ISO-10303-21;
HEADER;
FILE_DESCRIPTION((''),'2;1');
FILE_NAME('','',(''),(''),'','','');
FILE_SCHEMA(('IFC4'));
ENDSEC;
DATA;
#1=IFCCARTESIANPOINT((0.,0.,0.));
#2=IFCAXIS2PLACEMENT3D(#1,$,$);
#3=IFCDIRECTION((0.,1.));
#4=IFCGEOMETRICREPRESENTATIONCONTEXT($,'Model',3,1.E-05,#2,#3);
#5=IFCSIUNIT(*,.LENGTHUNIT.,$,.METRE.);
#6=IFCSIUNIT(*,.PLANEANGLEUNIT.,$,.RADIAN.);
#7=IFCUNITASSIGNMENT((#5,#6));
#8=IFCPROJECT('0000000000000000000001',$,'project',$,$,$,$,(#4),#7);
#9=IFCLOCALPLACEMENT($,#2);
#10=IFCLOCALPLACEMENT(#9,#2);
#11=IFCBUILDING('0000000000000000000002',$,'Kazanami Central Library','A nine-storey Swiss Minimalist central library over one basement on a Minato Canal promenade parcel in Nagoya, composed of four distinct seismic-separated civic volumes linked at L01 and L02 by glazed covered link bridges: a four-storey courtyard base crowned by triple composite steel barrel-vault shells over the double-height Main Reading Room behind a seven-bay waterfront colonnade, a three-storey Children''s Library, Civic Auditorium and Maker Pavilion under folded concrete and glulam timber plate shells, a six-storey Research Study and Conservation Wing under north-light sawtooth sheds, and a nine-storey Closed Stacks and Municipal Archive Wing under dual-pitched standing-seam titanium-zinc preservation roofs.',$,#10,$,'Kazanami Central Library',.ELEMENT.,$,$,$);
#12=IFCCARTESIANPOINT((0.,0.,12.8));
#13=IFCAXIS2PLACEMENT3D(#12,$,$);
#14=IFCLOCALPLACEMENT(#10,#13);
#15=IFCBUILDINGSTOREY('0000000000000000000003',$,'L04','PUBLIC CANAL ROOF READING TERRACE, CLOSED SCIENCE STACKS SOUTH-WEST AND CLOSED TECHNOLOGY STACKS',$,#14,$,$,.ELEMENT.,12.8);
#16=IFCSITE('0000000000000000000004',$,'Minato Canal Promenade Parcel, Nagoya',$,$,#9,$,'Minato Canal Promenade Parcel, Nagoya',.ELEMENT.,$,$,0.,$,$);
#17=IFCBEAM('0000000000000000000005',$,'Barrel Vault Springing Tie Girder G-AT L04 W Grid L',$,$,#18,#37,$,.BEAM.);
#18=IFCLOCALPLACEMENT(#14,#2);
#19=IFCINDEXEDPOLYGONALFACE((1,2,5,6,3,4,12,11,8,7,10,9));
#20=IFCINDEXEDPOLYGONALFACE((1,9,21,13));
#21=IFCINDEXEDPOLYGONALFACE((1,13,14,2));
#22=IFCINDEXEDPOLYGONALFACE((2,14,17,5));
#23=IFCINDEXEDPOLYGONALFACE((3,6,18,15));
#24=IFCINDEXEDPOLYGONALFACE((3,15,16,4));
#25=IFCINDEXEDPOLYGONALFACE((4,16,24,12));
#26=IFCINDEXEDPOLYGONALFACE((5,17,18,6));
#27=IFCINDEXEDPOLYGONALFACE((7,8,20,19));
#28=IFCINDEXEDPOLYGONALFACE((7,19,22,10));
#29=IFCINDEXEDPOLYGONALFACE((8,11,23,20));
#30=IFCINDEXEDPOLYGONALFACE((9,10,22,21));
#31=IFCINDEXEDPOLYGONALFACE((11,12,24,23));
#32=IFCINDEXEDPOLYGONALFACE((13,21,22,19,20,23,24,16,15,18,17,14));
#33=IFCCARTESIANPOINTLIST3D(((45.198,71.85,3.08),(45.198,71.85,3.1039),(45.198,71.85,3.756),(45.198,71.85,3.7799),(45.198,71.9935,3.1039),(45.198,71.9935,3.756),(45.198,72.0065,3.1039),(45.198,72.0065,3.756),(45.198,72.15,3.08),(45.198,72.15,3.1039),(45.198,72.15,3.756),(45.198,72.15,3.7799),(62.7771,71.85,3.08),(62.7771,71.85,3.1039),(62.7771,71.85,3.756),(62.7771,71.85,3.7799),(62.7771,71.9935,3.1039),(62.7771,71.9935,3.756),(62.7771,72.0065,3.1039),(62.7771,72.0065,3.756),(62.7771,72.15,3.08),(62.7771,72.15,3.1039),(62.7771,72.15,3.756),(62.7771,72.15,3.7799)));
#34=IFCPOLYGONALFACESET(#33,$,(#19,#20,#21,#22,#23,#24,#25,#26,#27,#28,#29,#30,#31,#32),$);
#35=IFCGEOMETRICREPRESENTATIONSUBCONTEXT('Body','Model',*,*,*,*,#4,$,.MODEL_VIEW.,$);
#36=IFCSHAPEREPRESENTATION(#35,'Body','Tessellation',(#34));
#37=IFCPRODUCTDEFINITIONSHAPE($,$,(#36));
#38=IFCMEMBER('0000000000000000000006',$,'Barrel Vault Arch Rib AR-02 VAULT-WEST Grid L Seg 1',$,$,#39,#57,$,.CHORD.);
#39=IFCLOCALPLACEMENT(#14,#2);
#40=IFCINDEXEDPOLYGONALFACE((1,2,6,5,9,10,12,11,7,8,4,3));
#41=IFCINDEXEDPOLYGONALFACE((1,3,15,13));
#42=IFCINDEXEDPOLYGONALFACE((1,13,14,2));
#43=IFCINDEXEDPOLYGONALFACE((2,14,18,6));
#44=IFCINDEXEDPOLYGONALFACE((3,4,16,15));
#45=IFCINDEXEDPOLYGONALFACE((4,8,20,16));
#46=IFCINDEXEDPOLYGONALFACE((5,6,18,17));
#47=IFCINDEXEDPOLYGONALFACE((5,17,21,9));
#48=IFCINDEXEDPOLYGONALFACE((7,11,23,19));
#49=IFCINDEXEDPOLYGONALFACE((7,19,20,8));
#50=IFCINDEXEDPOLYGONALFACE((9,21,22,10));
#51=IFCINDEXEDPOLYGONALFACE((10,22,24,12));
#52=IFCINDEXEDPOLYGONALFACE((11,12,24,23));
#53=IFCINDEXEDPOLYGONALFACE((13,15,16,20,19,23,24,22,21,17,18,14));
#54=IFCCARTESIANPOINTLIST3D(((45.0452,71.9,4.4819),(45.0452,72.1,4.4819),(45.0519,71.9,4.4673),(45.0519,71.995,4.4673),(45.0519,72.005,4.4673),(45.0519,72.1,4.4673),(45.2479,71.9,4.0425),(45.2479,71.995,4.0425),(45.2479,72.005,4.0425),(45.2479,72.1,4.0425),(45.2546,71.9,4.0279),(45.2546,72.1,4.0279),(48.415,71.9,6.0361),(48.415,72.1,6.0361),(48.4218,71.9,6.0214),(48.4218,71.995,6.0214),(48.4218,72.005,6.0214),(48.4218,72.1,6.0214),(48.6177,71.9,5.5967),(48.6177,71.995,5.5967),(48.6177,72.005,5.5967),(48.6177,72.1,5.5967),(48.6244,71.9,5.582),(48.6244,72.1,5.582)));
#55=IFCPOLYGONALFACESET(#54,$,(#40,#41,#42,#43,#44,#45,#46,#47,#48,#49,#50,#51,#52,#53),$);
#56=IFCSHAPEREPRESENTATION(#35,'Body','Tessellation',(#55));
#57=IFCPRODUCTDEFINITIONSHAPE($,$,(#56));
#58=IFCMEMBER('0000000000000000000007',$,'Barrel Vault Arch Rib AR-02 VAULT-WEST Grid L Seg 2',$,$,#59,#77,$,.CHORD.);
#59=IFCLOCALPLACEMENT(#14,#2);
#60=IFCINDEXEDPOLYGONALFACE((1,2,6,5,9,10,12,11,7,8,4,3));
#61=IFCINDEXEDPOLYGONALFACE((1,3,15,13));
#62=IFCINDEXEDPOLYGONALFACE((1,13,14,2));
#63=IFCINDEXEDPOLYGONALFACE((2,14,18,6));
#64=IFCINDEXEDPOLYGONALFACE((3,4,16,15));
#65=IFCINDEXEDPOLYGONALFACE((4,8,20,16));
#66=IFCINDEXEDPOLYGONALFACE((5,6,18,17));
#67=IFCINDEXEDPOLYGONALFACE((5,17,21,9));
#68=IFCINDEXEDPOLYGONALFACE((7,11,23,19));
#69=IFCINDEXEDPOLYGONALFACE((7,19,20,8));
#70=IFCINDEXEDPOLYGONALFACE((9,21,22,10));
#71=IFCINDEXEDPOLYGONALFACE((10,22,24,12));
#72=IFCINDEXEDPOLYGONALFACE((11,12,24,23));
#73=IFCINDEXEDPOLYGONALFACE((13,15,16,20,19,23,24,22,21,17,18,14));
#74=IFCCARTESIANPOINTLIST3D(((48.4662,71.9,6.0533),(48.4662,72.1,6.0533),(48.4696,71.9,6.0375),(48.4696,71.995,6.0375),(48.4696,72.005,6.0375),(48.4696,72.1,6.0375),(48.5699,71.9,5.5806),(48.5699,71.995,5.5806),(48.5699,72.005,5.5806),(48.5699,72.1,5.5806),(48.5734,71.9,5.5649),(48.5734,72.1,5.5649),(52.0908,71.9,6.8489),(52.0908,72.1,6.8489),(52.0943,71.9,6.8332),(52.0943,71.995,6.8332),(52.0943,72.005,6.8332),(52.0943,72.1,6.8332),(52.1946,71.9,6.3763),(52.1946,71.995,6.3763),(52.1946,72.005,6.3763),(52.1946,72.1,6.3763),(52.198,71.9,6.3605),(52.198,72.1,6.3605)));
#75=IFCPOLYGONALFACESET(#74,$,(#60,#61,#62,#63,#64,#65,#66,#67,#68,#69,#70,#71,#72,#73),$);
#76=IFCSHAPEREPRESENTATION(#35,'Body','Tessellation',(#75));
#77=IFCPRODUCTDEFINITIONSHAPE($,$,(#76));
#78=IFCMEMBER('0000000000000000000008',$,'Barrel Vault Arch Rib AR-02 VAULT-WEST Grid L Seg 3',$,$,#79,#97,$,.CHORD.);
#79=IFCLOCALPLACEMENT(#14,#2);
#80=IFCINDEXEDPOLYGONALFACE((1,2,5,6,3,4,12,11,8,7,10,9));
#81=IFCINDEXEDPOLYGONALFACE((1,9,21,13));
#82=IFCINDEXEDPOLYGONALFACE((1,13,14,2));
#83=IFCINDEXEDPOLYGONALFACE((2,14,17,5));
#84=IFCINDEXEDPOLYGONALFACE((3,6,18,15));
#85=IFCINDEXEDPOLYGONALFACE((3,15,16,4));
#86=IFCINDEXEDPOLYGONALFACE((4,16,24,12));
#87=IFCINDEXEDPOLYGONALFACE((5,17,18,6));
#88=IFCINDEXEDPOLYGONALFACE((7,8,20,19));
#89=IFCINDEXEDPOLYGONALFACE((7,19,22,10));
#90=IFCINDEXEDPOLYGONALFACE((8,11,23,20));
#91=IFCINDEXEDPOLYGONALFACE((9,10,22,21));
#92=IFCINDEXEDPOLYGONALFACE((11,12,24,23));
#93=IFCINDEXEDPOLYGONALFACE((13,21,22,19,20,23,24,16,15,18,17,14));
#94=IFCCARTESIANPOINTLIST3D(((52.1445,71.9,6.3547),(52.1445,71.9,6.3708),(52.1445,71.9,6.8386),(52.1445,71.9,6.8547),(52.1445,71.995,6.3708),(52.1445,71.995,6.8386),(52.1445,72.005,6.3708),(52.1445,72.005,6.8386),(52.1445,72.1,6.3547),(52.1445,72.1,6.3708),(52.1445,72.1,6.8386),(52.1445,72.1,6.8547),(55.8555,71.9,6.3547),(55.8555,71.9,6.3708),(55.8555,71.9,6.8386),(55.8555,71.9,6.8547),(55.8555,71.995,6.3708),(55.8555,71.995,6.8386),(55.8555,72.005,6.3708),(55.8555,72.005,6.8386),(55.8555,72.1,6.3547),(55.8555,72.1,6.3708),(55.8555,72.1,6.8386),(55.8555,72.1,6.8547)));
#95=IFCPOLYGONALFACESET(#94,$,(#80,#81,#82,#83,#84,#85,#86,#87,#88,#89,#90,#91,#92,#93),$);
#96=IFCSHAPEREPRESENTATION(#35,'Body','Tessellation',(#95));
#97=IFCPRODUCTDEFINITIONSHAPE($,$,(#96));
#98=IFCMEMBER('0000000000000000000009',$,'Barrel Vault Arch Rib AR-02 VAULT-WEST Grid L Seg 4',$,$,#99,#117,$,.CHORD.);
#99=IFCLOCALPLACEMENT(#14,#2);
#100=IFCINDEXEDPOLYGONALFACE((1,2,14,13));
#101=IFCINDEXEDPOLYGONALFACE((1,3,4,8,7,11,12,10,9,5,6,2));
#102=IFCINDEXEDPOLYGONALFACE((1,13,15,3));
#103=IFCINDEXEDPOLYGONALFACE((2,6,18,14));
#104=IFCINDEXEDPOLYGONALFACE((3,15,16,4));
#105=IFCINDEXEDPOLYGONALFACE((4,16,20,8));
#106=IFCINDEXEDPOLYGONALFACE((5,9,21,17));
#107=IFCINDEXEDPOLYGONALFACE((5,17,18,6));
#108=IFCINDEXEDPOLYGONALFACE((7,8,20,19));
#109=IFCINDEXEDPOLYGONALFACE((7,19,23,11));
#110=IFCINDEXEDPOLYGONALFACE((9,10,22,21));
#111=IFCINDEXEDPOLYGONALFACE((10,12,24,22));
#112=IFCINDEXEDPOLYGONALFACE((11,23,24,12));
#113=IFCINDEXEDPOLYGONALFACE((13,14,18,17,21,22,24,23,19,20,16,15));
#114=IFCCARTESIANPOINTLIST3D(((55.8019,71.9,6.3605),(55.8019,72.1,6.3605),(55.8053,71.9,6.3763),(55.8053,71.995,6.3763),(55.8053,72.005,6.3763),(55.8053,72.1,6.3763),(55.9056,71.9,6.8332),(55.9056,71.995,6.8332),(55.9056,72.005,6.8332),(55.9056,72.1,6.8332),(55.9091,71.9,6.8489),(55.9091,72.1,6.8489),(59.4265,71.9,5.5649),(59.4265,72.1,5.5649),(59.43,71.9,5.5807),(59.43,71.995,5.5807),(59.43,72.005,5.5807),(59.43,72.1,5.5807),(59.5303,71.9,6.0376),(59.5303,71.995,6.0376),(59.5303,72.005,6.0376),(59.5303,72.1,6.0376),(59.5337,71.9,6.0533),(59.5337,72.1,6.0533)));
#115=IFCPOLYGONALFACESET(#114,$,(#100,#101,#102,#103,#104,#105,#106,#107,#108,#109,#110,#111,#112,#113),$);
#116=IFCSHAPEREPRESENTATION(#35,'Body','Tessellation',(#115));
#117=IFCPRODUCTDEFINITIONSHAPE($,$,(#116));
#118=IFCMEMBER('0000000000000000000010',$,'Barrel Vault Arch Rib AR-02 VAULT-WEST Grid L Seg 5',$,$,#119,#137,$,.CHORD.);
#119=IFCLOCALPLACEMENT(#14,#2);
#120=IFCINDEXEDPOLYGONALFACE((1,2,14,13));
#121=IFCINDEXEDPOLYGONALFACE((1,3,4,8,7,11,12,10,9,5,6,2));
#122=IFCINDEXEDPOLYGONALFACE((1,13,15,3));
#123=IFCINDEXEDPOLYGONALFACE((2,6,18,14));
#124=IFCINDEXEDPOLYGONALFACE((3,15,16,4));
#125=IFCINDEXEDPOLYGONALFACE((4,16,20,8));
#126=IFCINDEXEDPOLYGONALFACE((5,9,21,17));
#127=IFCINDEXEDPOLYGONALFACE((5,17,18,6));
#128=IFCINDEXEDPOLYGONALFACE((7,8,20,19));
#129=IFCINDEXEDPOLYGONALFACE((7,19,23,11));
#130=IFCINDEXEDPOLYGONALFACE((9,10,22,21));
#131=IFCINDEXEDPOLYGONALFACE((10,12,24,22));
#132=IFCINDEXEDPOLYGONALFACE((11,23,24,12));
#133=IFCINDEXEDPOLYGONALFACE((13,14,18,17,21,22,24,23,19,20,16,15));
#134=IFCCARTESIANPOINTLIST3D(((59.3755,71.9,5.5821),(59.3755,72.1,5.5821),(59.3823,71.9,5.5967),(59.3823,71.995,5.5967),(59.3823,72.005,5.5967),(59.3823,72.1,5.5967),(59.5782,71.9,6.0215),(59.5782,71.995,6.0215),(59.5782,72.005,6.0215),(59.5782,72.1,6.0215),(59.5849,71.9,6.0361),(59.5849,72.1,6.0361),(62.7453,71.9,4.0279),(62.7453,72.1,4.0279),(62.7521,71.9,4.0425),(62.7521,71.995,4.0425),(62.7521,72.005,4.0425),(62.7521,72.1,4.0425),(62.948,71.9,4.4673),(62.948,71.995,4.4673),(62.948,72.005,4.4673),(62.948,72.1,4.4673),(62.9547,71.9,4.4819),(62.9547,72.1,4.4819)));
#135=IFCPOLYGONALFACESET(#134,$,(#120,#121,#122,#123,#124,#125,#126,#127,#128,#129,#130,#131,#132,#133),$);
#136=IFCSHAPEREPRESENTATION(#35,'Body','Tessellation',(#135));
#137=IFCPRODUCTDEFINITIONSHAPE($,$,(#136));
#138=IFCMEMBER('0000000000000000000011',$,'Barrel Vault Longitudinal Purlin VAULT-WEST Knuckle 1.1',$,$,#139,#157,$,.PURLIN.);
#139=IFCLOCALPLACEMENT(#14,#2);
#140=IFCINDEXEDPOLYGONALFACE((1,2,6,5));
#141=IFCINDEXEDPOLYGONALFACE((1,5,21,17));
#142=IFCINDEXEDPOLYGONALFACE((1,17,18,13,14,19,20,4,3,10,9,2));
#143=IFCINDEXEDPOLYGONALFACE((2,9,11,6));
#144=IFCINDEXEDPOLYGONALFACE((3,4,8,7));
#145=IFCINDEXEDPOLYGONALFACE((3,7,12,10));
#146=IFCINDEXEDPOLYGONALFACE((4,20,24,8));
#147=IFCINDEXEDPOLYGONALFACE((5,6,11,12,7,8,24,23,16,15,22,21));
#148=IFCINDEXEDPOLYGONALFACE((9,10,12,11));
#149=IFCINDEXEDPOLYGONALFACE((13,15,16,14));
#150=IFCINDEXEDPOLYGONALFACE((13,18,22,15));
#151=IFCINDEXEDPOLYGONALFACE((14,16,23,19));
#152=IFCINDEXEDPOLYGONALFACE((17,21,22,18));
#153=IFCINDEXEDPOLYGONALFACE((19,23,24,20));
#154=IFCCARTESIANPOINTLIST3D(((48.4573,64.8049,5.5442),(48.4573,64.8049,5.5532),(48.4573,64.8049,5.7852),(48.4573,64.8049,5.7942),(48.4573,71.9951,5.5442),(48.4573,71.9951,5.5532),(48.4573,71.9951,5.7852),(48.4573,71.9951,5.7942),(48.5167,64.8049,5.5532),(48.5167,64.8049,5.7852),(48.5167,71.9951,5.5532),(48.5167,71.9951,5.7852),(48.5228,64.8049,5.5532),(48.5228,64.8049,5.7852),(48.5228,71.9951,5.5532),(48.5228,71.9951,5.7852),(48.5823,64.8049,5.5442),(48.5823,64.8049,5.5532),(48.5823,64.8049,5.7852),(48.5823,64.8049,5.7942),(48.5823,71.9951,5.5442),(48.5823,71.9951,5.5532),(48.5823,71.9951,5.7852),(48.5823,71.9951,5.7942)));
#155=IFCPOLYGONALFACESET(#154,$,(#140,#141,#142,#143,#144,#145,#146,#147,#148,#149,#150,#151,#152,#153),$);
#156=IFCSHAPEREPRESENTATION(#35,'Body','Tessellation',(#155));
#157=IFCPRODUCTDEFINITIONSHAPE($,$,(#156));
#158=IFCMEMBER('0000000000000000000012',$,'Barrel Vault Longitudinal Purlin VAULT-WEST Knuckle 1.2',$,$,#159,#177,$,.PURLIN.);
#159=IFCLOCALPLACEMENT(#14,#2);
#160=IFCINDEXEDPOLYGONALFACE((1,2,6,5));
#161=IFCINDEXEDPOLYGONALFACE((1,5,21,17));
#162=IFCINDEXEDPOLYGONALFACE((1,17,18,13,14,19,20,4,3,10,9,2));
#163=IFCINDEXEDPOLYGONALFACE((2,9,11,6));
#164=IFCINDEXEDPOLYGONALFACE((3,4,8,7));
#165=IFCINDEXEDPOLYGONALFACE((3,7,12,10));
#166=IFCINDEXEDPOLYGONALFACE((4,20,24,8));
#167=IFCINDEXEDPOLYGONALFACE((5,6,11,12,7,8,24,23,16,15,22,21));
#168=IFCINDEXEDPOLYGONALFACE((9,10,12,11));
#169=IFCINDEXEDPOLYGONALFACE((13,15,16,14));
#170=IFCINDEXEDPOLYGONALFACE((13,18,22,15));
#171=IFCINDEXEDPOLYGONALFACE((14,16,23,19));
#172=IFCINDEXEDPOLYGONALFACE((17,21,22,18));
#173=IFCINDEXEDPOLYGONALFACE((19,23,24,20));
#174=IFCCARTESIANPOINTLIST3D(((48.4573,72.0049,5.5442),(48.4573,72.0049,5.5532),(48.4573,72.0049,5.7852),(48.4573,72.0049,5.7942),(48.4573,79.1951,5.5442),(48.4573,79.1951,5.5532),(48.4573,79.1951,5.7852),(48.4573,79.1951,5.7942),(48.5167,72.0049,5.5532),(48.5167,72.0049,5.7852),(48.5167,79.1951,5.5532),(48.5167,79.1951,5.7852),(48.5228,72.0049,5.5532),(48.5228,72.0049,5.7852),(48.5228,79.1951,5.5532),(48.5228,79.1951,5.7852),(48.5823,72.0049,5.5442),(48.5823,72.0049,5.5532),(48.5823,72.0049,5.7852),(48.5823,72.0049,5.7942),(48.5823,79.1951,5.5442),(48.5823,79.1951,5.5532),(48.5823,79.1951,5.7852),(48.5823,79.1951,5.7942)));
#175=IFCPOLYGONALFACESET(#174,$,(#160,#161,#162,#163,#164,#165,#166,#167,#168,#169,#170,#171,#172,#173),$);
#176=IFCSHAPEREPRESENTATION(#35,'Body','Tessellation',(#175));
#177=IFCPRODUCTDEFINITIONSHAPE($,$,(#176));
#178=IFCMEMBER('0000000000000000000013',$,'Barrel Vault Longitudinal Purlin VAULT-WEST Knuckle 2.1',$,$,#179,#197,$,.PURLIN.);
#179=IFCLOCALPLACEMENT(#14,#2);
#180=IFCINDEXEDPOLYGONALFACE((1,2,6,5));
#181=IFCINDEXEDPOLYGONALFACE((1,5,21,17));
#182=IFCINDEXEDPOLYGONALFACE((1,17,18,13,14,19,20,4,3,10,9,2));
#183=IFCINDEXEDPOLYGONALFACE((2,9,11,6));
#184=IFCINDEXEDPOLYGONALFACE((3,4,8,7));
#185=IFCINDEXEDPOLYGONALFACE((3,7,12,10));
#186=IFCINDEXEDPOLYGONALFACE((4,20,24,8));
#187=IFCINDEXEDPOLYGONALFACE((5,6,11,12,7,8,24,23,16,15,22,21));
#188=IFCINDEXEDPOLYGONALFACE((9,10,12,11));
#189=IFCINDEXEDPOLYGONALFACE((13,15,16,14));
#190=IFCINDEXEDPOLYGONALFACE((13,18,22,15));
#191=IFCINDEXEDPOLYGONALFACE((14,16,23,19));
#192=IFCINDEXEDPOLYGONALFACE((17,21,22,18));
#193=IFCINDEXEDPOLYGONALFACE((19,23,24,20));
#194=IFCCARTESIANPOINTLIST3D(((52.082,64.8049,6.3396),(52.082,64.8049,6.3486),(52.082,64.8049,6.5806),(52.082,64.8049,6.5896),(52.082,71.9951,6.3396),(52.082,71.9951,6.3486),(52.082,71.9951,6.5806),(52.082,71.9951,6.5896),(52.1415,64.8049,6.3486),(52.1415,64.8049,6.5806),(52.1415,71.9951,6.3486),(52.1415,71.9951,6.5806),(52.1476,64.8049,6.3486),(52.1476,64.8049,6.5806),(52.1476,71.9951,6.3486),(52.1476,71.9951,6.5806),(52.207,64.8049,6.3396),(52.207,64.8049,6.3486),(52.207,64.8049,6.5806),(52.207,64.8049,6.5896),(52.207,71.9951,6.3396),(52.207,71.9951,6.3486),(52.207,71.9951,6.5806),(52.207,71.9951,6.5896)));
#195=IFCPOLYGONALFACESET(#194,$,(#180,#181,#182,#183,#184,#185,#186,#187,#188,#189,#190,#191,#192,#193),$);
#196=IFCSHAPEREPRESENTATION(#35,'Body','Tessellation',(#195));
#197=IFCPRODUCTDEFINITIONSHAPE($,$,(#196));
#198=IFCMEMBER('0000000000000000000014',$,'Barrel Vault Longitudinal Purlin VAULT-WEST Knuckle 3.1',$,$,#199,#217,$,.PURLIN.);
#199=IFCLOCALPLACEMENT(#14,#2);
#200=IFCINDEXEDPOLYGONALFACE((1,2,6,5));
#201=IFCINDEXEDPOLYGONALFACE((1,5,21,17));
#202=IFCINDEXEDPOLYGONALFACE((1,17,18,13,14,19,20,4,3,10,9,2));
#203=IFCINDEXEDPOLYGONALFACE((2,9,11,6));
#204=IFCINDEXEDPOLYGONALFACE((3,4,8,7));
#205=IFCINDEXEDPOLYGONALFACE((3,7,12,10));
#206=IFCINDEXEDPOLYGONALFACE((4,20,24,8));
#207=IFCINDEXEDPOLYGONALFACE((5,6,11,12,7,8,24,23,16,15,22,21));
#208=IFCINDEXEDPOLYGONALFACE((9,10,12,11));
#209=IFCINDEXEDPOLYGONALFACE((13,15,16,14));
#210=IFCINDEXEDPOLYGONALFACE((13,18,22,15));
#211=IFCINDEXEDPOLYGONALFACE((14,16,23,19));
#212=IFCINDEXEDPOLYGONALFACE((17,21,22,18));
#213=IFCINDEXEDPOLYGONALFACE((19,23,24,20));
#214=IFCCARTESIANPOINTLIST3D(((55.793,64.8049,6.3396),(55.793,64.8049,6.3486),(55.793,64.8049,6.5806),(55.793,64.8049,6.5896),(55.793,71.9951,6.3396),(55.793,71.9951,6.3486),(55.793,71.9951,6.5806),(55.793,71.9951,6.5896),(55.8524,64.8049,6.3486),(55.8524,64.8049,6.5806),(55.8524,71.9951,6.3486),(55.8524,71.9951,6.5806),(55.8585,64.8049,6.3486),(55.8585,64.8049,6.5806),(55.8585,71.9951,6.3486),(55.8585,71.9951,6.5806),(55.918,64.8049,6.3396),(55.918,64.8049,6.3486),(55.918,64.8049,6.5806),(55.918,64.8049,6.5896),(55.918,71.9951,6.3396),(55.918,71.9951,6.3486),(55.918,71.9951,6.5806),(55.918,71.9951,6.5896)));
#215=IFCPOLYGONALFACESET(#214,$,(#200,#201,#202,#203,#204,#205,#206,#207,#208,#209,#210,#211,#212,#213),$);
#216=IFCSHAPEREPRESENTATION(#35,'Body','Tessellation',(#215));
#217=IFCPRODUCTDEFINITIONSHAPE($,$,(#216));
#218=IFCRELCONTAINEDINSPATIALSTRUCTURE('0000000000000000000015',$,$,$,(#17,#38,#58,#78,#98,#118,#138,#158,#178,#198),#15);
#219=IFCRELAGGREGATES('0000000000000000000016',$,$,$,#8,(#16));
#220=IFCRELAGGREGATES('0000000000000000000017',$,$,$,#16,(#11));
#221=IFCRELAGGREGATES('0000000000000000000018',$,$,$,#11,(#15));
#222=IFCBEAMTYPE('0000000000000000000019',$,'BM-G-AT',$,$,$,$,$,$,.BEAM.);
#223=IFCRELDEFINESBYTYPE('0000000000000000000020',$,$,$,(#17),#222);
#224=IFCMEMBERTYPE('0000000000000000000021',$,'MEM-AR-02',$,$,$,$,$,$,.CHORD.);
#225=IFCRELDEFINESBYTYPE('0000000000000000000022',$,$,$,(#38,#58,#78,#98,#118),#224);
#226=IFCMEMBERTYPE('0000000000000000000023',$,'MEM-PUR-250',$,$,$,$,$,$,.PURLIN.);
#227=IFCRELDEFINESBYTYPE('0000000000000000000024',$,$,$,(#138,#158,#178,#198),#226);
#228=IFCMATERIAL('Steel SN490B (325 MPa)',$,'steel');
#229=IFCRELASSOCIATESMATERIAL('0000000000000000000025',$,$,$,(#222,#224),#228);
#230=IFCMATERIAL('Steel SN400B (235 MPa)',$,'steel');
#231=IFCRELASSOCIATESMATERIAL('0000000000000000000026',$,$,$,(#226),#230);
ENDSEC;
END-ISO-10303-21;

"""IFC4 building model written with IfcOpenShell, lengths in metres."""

from ifc_helpers import new_model, si_unit, direction, frame, origin, origin_2d, place, context, subcontext, project, spatial, i_section, extrude, material, material_profile, profile_set, type_object, element, save


model = new_model("IFC4")

# Units and contexts
model_context = context("Model", 3, precision=1e-05, world=origin(), true_north=direction((0.0, 1.0)))
body_context = subcontext(model_context, "Body", "Model", "MODEL_VIEW")
ifc_project = project(units=[si_unit("LENGTHUNIT", "METRE"), si_unit("PLANEANGLEUNIT", "RADIAN")], contexts=[model_context])

# Site, building, storey
site_placement = place(None, origin())
site = spatial("IfcSite", under=ifc_project, at=site_placement, Name="Minato Canal Promenade Parcel, Nagoya", LongName="Minato Canal Promenade Parcel, Nagoya", CompositionType="ELEMENT", RefElevation=0.0)
building_placement = place(site_placement, origin())
building = spatial("IfcBuilding", under=site, at=building_placement, Name="Kazanami Central Library", Description="A nine-storey Swiss Minimalist central library over one basement on a Minato Canal promenade parcel in Nagoya, composed of four distinct seismic-separated civic volumes linked at L01 and L02 by glazed covered link bridges: a four-storey courtyard base crowned by triple composite steel barrel-vault shells over the double-height Main Reading Room behind a seven-bay waterfront colonnade, a three-storey Children's Library, Civic Auditorium and Maker Pavilion under folded concrete and glulam timber plate shells, a six-storey Research Study and Conservation Wing under north-light sawtooth sheds, and a nine-storey Closed Stacks and Municipal Archive Wing under dual-pitched standing-seam titanium-zinc preservation roofs.", LongName="Kazanami Central Library", CompositionType="ELEMENT")
storey_placement = place(building_placement, frame((0.0, 0.0, 12.8)))
storey = spatial("IfcBuildingStorey", under=building, at=storey_placement, Name="L04", Description="PUBLIC CANAL ROOF READING TERRACE, CLOSED SCIENCE STACKS SOUTH-WEST AND CLOSED TECHNOLOGY STACKS", CompositionType="ELEMENT", Elevation=12.8)

# Beam
ifc_material_1 = material(Name="Steel SN490B (325 MPa)", Category="steel")
ifc_material_profile_1 = material_profile(ifc_material_1, i_section(OverallWidth=0.3, OverallDepth=0.7, WebThickness=0.0129, FlangeThickness=0.0239, at=origin_2d()), Name="H-700x300x13x24")
ifc_profile_set_1 = profile_set([ifc_material_profile_1], Name="Steel SN490B (325 MPa)")
beam_type = type_object("IfcBeamType", Name="BM-G-AT", PredefinedType="BEAM", material=ifc_profile_set_1)
beam_placement = place(storey_placement, frame((45.198, 72.0, 3.4299), z_axis=(1.0, 0.0, 0.0), x_axis=(0.0, 1.0, 0.0)))
element("IfcBeam", 1, at=beam_placement, inside=storey, type_object=beam_type, Name="Barrel Vault Springing Tie Girder G-AT L04 W Grid L", PredefinedType="BEAM", context=body_context, shape_type="SweptSolid", body=[
    extrude(i_section(OverallWidth=0.3, OverallDepth=0.7, WebThickness=0.0129, FlangeThickness=0.0239, at=origin_2d()), origin(), (0.0, 0.0, 1.0), 17.5791),
])

# Members
ifc_material_profile_2 = material_profile(ifc_material_1, i_section(OverallWidth=0.2, OverallDepth=0.5, WebThickness=0.01, FlangeThickness=0.0161, at=origin_2d()), Name="H-500x200x10x16")
ifc_profile_set_2 = profile_set([ifc_material_profile_2], Name="Steel SN490B (325 MPa)")
member_type_1 = type_object("IfcMemberType", Name="MEM-AR-02", PredefinedType="CHORD", material=ifc_profile_set_2)
for number, where, z_axis, x_axis, name in (
    (2, (45.1499, 72.0, 4.2549), (0.908075, 0.0, 0.418808), (0.0, 1.0, 0.0), "Barrel Vault Arch Rib AR-02 VAULT-WEST Grid L Seg 1"),
    (3, (48.5198, 72.0, 5.8091), (0.976746, 0.0, 0.214401), (0.0, 1.0, 0.0), "Barrel Vault Arch Rib AR-02 VAULT-WEST Grid L Seg 2"),
    (4, (52.1445, 72.0, 6.6047), (1.0, 0.0, 0.0), (0.0, 1.0, 0.0), "Barrel Vault Arch Rib AR-02 VAULT-WEST Grid L Seg 3"),
    (5, (55.8555, 72.0, 6.6047), (0.976746, 0.0, -0.214401), (0.0, 1.0, 0.0), "Barrel Vault Arch Rib AR-02 VAULT-WEST Grid L Seg 4"),
    (6, (59.4802, 72.0, 5.8091), (0.908075, 0.0, -0.418808), (0.0, 1.0, 0.0), "Barrel Vault Arch Rib AR-02 VAULT-WEST Grid L Seg 5"),
):
    element("IfcMember", number, at=place(storey_placement, frame(where, z_axis=z_axis, x_axis=x_axis)), inside=storey, type_object=member_type_1, Name=name, PredefinedType="CHORD", context=body_context, shape_type="SweptSolid", body=[
        extrude(i_section(OverallWidth=0.2, OverallDepth=0.5, WebThickness=0.01, FlangeThickness=0.0161, at=origin_2d()), origin(), (0.0, 0.0, 1.0), 3.7109),
    ])
ifc_material_2 = material(Name="Steel SN400B (235 MPa)", Category="steel")
ifc_material_profile_3 = material_profile(ifc_material_2, i_section(OverallWidth=0.125, OverallDepth=0.25, WebThickness=0.0061, FlangeThickness=0.009, at=origin_2d()), Name="H-250x125x6x9")
ifc_profile_set_3 = profile_set([ifc_material_profile_3], Name="Steel SN400B (235 MPa)")
member_type_2 = type_object("IfcMemberType", Name="MEM-PUR-250", PredefinedType="PURLIN", material=ifc_profile_set_3)
for number, where, z_axis, x_axis, name in (
    (7, (48.5198, 64.8049, 5.6692), (0.0, 1.0, 0.0), (-1.0, 0.0, 0.0), "Barrel Vault Longitudinal Purlin VAULT-WEST Knuckle 1.1"),
    (8, (48.5198, 72.0049, 5.6692), (0.0, 1.0, 0.0), (-1.0, 0.0, 0.0), "Barrel Vault Longitudinal Purlin VAULT-WEST Knuckle 1.2"),
    (9, (52.1445, 64.8049, 6.4646), (0.0, 1.0, 0.0), (-1.0, 0.0, 0.0), "Barrel Vault Longitudinal Purlin VAULT-WEST Knuckle 2.1"),
    (10, (55.8555, 64.8049, 6.4646), (0.0, 1.0, 0.0), (-1.0, 0.0, 0.0), "Barrel Vault Longitudinal Purlin VAULT-WEST Knuckle 3.1"),
):
    element("IfcMember", number, at=place(storey_placement, frame(where, z_axis=z_axis, x_axis=x_axis)), inside=storey, type_object=member_type_2, Name=name, PredefinedType="PURLIN", context=body_context, shape_type="SweptSolid", body=[
        extrude(i_section(OverallWidth=0.125, OverallDepth=0.25, WebThickness=0.0061, FlangeThickness=0.009, at=origin_2d()), origin(), (0.0, 0.0, 1.0), 7.1902),
    ])

save(model, "model.ifc")
